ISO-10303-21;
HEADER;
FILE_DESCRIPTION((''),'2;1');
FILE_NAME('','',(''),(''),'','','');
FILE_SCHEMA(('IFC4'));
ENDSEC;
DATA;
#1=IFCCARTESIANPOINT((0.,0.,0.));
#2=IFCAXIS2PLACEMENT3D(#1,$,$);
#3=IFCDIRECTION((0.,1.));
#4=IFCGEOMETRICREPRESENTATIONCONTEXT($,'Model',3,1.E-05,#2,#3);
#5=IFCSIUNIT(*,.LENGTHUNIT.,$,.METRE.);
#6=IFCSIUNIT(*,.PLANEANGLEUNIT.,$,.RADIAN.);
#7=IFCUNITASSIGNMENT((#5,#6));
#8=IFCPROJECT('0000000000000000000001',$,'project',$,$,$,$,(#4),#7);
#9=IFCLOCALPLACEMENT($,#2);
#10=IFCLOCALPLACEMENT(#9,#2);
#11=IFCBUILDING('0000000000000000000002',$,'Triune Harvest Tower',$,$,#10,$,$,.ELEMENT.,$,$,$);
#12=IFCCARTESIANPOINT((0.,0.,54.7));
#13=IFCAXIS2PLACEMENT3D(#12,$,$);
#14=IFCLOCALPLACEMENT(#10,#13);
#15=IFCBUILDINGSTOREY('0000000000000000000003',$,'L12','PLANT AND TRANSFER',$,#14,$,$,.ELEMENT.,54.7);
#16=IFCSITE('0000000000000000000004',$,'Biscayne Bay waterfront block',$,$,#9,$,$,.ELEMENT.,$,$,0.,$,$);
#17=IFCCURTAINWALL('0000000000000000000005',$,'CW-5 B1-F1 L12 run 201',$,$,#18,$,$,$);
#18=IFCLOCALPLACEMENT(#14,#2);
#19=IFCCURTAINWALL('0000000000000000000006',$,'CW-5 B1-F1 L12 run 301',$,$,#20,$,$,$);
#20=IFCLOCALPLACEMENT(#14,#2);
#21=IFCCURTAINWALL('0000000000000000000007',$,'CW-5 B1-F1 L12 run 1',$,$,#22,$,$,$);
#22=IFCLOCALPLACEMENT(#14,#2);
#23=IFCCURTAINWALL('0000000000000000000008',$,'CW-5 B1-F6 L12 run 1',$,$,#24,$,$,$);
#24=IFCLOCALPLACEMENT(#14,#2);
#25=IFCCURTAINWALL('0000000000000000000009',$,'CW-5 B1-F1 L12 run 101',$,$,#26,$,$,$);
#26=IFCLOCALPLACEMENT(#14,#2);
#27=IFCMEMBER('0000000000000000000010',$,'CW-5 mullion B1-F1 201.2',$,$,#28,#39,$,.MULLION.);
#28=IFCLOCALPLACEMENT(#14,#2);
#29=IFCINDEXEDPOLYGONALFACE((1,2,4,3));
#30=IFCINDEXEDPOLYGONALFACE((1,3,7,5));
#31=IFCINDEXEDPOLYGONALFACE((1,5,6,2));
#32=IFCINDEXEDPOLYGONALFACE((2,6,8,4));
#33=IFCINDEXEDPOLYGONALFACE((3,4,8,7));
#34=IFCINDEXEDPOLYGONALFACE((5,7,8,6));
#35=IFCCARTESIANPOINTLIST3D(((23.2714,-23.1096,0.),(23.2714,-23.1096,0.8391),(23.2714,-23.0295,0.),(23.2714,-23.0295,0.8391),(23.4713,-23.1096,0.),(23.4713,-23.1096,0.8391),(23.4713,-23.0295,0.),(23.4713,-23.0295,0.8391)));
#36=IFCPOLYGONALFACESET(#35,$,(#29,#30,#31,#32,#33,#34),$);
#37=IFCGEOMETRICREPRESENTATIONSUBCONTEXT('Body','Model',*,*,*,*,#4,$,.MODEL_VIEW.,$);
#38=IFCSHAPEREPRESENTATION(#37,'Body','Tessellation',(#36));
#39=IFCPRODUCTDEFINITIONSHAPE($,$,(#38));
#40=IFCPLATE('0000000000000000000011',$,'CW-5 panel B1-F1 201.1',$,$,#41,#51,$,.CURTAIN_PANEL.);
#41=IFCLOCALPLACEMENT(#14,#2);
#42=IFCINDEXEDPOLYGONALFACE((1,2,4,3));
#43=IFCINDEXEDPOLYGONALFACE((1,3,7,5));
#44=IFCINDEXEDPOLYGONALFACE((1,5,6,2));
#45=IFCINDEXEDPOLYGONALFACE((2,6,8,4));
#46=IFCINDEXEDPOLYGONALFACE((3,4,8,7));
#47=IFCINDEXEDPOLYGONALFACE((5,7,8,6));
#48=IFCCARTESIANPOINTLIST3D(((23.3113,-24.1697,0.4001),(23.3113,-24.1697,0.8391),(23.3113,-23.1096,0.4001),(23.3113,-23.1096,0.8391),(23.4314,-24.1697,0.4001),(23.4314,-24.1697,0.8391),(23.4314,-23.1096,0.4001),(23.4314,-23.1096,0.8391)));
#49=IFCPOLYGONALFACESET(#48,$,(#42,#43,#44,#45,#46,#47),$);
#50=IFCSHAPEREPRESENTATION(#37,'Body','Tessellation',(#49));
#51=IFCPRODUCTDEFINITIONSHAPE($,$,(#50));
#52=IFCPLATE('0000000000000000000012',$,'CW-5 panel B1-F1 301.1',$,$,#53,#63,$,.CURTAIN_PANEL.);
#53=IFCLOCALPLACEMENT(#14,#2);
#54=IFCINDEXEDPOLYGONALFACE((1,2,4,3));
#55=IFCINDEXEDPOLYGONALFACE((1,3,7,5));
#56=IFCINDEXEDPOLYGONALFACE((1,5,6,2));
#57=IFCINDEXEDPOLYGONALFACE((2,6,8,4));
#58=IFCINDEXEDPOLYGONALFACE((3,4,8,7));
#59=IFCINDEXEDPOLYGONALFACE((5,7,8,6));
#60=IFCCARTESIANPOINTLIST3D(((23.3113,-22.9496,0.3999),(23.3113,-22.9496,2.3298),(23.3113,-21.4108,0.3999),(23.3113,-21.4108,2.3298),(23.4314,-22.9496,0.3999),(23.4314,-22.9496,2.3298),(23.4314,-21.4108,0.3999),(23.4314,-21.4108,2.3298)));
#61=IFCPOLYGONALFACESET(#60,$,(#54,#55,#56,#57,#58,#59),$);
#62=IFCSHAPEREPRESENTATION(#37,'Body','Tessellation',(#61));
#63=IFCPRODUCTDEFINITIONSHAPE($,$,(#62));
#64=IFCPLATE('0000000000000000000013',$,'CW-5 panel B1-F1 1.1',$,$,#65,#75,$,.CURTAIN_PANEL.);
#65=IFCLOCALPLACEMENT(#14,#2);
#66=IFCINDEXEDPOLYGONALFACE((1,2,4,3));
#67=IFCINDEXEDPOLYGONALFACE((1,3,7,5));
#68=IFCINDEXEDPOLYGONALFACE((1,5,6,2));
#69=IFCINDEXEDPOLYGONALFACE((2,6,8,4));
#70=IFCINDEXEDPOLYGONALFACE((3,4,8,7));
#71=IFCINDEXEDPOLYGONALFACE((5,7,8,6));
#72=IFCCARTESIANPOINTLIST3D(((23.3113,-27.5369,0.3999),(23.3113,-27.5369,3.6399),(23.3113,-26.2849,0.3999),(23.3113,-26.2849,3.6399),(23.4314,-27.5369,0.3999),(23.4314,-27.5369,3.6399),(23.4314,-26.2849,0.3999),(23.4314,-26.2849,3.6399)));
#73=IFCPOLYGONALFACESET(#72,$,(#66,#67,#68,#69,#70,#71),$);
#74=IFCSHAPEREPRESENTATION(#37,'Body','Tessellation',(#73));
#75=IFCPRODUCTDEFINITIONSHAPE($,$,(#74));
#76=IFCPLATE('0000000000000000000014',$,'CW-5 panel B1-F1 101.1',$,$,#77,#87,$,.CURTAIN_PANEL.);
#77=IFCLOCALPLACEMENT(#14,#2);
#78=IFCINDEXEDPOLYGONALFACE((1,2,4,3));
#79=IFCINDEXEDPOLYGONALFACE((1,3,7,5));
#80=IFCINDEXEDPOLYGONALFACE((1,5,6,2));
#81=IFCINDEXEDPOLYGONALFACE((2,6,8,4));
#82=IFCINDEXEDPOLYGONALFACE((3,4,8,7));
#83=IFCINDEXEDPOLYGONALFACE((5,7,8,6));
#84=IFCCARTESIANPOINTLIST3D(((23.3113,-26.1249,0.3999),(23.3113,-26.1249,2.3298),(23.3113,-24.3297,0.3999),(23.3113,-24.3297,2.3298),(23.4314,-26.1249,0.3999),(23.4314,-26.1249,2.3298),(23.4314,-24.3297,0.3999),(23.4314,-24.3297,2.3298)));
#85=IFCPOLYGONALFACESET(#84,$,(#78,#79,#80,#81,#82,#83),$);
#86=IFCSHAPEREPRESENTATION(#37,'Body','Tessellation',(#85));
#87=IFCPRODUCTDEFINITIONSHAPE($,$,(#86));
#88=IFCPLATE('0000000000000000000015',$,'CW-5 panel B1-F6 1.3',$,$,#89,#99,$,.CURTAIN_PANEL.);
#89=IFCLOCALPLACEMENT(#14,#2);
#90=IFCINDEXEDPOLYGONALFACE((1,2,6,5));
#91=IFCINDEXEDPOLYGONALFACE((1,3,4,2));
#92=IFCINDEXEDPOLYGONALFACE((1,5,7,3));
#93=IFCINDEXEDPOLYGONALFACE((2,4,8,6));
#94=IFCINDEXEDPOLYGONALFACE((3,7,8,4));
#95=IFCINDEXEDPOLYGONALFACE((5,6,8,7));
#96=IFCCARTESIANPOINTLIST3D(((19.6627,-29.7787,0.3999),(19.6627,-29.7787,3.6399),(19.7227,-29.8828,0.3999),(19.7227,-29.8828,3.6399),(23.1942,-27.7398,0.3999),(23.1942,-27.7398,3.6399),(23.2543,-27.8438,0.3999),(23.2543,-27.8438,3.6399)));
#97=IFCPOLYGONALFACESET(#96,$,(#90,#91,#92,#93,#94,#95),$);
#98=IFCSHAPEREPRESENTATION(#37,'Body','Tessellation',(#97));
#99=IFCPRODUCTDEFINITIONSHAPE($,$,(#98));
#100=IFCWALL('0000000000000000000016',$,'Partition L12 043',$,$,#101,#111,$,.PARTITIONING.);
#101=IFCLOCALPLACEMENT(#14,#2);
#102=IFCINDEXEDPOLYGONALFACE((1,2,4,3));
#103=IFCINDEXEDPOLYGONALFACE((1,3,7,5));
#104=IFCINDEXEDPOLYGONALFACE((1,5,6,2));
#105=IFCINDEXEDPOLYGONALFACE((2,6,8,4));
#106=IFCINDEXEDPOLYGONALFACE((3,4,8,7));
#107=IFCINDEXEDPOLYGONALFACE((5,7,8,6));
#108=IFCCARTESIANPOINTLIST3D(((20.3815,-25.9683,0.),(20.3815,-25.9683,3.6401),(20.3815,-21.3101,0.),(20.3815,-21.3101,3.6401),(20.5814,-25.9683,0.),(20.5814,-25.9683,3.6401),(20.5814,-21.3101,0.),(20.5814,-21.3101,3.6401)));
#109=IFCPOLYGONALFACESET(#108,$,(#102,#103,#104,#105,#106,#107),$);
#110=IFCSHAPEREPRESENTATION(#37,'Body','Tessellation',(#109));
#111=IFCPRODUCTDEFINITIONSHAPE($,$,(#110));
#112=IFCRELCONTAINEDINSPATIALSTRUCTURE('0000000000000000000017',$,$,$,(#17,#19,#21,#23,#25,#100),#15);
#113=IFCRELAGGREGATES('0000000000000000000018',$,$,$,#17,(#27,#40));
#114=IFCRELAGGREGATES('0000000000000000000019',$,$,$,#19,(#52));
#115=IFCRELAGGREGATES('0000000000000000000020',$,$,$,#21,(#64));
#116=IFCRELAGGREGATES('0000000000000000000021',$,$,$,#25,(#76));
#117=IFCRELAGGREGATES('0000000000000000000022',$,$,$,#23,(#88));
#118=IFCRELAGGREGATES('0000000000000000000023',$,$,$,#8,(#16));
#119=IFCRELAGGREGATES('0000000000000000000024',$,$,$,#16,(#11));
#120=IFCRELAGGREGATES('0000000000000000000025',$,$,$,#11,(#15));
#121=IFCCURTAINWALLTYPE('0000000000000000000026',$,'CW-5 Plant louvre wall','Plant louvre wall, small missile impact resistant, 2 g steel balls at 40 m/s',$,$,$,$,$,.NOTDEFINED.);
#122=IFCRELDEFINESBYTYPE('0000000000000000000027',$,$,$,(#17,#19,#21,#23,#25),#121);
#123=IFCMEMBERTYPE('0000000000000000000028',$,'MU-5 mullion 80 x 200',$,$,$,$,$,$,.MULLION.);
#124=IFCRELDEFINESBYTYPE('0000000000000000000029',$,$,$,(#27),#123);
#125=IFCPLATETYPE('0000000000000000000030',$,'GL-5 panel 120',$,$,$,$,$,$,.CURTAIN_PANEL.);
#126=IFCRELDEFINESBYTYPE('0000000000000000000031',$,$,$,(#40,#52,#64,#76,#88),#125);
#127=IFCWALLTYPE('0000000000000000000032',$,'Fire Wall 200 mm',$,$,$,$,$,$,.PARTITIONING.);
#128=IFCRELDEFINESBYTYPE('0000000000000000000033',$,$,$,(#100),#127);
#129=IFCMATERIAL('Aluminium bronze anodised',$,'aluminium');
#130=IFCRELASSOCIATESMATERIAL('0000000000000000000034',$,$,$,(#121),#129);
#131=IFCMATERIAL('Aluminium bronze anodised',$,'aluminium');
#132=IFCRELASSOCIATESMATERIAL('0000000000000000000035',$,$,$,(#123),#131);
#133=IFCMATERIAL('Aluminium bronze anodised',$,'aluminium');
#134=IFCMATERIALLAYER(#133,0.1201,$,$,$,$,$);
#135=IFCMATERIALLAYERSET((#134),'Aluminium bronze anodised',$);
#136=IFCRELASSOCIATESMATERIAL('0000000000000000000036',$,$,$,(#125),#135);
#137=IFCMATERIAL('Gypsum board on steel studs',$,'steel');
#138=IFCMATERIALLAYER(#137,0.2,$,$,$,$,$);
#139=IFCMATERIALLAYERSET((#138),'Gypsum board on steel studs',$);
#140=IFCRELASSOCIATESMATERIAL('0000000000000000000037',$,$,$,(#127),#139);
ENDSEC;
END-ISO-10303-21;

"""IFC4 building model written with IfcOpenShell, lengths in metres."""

from ifc_helpers import new_model, si_unit, direction, frame, frame_2d, origin, origin_2d, place, context, subcontext, project, spatial, rectangle, extrude, source, transform, mapped, material, layer, layer_set, material_profile, profile_set, type_object, element, aggregate, save


model = new_model("IFC4")

# Units and contexts
model_context = context("Model", 3, precision=1e-05, world=origin(), true_north=direction((0.0, 1.0)))
body_context = subcontext(model_context, "Body", "Model", "MODEL_VIEW")
ifc_project = project(units=[si_unit("LENGTHUNIT", "METRE"), si_unit("PLANEANGLEUNIT", "RADIAN")], contexts=[model_context])

# Site, building, storey
site_placement = place(None, origin())
site = spatial("IfcSite", under=ifc_project, at=site_placement, Name="Biscayne Bay waterfront block", CompositionType="ELEMENT", RefElevation=0.0)
building_placement = place(site_placement, origin())
building = spatial("IfcBuilding", under=site, at=building_placement, Name="Triune Harvest Tower", CompositionType="ELEMENT")
storey_placement = place(building_placement, frame((0.0, 0.0, 54.7)))
storey = spatial("IfcBuildingStorey", under=building, at=storey_placement, Name="L12", Description="PLANT AND TRANSFER", CompositionType="ELEMENT", Elevation=54.7)

# Curtain walls
ifc_material_1 = material(Name="Aluminium bronze anodised", Category="aluminium")
curtain_wall_type = type_object("IfcCurtainWallType", Name="CW-5 Plant louvre wall", Description="Plant louvre wall, small missile impact resistant, 2 g steel balls at 40 m/s", PredefinedType="NOTDEFINED", material=ifc_material_1)
curtain_wall_1_placement = place(storey_placement, origin())
curtain_wall_1 = element("IfcCurtainWall", 1, at=curtain_wall_1_placement, inside=storey, type_object=curtain_wall_type, Name="CW-5 B1-F1 L12 run 201")
curtain_wall_2_placement = place(storey_placement, origin())
curtain_wall_2 = element("IfcCurtainWall", 2, at=curtain_wall_2_placement, inside=storey, type_object=curtain_wall_type, Name="CW-5 B1-F1 L12 run 301")

# Curtain wall
curtain_wall_3_placement = place(storey_placement, origin())
curtain_wall_3 = element("IfcCurtainWall", 3, at=curtain_wall_3_placement, inside=storey, type_object=curtain_wall_type, Name="CW-5 B1-F1 L12 run 1")
ifc_material_2 = material(Name="Aluminium bronze anodised", Category="aluminium")
ifc_material_profile_1 = material_profile(ifc_material_2, rectangle(XDim=0.2, YDim=0.0801, at=origin_2d()), Name="MU-5 mullion 80 x 200")
ifc_profile_set_1 = profile_set([ifc_material_profile_1], Name="Aluminium bronze anodised")
member_type_1 = type_object("IfcMemberType", Name="MU-5 mullion 80 x 200", PredefinedType="MULLION", material=ifc_profile_set_1)

# Curtain wall
curtain_wall_4_placement = place(storey_placement, origin())
curtain_wall_4 = element("IfcCurtainWall", 4, at=curtain_wall_4_placement, inside=storey, type_object=curtain_wall_type, Name="CW-5 B1-F6 L12 run 1")

# Curtain wall
curtain_wall_5_placement = place(storey_placement, origin())
curtain_wall_5 = element("IfcCurtainWall", 5, at=curtain_wall_5_placement, inside=storey, type_object=curtain_wall_type, Name="CW-5 B1-F1 L12 run 101")

# Member
shared_shape_1 = source(origin(), body_context, "Body", "SweptSolid", [
    extrude(rectangle(XDim=0.2, YDim=0.0801, at=origin_2d()), origin(), (0.0, 0.0, 1.0), 0.8391),
])
member_1_placement = place(storey_placement, frame((23.3713, -23.0696, 0.0), z_axis=(0.0, 0.0, 1.0), x_axis=(-1.0, 0.0, 0.0)))
member_1 = element("IfcMember", 6, at=member_1_placement, type_object=member_type_1, Name="CW-5 mullion B1-F1 201.2", PredefinedType="MULLION", context=body_context, shape_type="MappedRepresentation", body=[
    mapped(shared_shape_1, transform((0.0, 0.0, 0.0), scale=1.0)),
])

# Plates
ifc_material_3 = material(Name="Aluminium bronze anodised", Category="aluminium")
ifc_layer_1 = layer(ifc_material_3, 0.1201)
ifc_layer_set_1 = layer_set([ifc_layer_1], Name="Aluminium bronze anodised")
plate_type = type_object("IfcPlateType", Name="GL-5 panel 120", PredefinedType="CURTAIN_PANEL", material=ifc_layer_set_1)
plate_1_placement = place(storey_placement, frame((23.3713, -23.6396, 0.4001), z_axis=(0.0, 0.0, 1.0), x_axis=(0.0, 1.0, 0.0)))
plate_1 = element("IfcPlate", 7, at=plate_1_placement, type_object=plate_type, Name="CW-5 panel B1-F1 201.1", PredefinedType="CURTAIN_PANEL", context=body_context, shape_type="SweptSolid", body=[
    extrude(rectangle(XDim=1.0601, YDim=0.1201, at=origin_2d()), origin(), (0.0, 0.0, 1.0), 0.439),
])
aggregate(curtain_wall_1, [member_1, plate_1])
plate_2_placement = place(storey_placement, frame((23.3713, -22.1802, 0.3999), z_axis=(0.0, 0.0, 1.0), x_axis=(0.0, 1.0, 0.0)))
plate_2 = element("IfcPlate", 8, at=plate_2_placement, type_object=plate_type, Name="CW-5 panel B1-F1 301.1", PredefinedType="CURTAIN_PANEL", context=body_context, shape_type="SweptSolid", body=[
    extrude(rectangle(XDim=1.5388, YDim=0.1201, at=origin_2d()), origin(), (0.0, 0.0, 1.0), 1.9299),
])
aggregate(curtain_wall_2, [plate_2])
shared_shape_2 = source(origin(), body_context, "Body", "SweptSolid", [
    extrude(rectangle(XDim=1.252, YDim=0.1201, at=origin_2d()), origin(), (0.0, 0.0, 1.0), 3.24),
])
plate_3_placement = place(storey_placement, frame((23.3713, -26.9109, 0.3999), z_axis=(0.0, 0.0, 1.0), x_axis=(0.0, 1.0, 0.0)))
plate_3 = element("IfcPlate", 9, at=plate_3_placement, type_object=plate_type, Name="CW-5 panel B1-F1 1.1", PredefinedType="CURTAIN_PANEL", context=body_context, shape_type="MappedRepresentation", body=[
    mapped(shared_shape_2, transform((0.0, 0.0, 0.0), scale=1.0)),
])
aggregate(curtain_wall_3, [plate_3])
shared_shape_3 = source(origin(), body_context, "Body", "SweptSolid", [
    extrude(rectangle(XDim=1.7952, YDim=0.1201, at=origin_2d()), origin(), (0.0, 0.0, 1.0), 1.9299),
])
plate_4_placement = place(storey_placement, frame((23.3713, -25.2273, 0.3999), z_axis=(0.0, 0.0, 1.0), x_axis=(0.0, 1.0, 0.0)))
plate_4 = element("IfcPlate", 10, at=plate_4_placement, type_object=plate_type, Name="CW-5 panel B1-F1 101.1", PredefinedType="CURTAIN_PANEL", context=body_context, shape_type="MappedRepresentation", body=[
    mapped(shared_shape_3, transform((0.0, 0.0, 0.0), scale=1.0)),
])
aggregate(curtain_wall_5, [plate_4])
shared_shape_4 = source(origin(), body_context, "Body", "SweptSolid", [
    extrude(rectangle(XDim=4.0779, YDim=0.1201, at=origin_2d()), origin(), (0.0, 0.0, 1.0), 3.24),
])
plate_5_placement = place(storey_placement, frame((21.4585, -28.8113, 0.3999), z_axis=(0.0, 0.0, 1.0), x_axis=(0.866026, 0.499999, 0.0)))
plate_5 = element("IfcPlate", 11, at=plate_5_placement, type_object=plate_type, Name="CW-5 panel B1-F6 1.3", PredefinedType="CURTAIN_PANEL", context=body_context, shape_type="MappedRepresentation", body=[
    mapped(shared_shape_4, transform((0.0, 0.0, 0.0), scale=1.0)),
])
aggregate(curtain_wall_4, [plate_5])

# Wall
ifc_material_4 = material(Name="Gypsum board on steel studs", Category="steel")
ifc_layer_2 = layer(ifc_material_4, 0.2)
ifc_layer_set_2 = layer_set([ifc_layer_2], Name="Gypsum board on steel studs")
wall_type = type_object("IfcWallType", Name="Fire Wall 200 mm", PredefinedType="PARTITIONING", material=ifc_layer_set_2)
wall_placement = place(storey_placement, frame((20.4814, -25.9683, 0.0), z_axis=(0.0, 0.0, 1.0), x_axis=(0.0, 1.0, 0.0)))
element("IfcWall", 12, at=wall_placement, inside=storey, type_object=wall_type, Name="Partition L12 043", PredefinedType="PARTITIONING", context=body_context, shape_type="SweptSolid", body=[
    extrude(rectangle(XDim=4.6582, YDim=0.2, at=frame_2d((2.3291, 0.0))), origin(), (0.0, 0.0, 1.0), 3.6401),
])

save(model, "model.ifc")
